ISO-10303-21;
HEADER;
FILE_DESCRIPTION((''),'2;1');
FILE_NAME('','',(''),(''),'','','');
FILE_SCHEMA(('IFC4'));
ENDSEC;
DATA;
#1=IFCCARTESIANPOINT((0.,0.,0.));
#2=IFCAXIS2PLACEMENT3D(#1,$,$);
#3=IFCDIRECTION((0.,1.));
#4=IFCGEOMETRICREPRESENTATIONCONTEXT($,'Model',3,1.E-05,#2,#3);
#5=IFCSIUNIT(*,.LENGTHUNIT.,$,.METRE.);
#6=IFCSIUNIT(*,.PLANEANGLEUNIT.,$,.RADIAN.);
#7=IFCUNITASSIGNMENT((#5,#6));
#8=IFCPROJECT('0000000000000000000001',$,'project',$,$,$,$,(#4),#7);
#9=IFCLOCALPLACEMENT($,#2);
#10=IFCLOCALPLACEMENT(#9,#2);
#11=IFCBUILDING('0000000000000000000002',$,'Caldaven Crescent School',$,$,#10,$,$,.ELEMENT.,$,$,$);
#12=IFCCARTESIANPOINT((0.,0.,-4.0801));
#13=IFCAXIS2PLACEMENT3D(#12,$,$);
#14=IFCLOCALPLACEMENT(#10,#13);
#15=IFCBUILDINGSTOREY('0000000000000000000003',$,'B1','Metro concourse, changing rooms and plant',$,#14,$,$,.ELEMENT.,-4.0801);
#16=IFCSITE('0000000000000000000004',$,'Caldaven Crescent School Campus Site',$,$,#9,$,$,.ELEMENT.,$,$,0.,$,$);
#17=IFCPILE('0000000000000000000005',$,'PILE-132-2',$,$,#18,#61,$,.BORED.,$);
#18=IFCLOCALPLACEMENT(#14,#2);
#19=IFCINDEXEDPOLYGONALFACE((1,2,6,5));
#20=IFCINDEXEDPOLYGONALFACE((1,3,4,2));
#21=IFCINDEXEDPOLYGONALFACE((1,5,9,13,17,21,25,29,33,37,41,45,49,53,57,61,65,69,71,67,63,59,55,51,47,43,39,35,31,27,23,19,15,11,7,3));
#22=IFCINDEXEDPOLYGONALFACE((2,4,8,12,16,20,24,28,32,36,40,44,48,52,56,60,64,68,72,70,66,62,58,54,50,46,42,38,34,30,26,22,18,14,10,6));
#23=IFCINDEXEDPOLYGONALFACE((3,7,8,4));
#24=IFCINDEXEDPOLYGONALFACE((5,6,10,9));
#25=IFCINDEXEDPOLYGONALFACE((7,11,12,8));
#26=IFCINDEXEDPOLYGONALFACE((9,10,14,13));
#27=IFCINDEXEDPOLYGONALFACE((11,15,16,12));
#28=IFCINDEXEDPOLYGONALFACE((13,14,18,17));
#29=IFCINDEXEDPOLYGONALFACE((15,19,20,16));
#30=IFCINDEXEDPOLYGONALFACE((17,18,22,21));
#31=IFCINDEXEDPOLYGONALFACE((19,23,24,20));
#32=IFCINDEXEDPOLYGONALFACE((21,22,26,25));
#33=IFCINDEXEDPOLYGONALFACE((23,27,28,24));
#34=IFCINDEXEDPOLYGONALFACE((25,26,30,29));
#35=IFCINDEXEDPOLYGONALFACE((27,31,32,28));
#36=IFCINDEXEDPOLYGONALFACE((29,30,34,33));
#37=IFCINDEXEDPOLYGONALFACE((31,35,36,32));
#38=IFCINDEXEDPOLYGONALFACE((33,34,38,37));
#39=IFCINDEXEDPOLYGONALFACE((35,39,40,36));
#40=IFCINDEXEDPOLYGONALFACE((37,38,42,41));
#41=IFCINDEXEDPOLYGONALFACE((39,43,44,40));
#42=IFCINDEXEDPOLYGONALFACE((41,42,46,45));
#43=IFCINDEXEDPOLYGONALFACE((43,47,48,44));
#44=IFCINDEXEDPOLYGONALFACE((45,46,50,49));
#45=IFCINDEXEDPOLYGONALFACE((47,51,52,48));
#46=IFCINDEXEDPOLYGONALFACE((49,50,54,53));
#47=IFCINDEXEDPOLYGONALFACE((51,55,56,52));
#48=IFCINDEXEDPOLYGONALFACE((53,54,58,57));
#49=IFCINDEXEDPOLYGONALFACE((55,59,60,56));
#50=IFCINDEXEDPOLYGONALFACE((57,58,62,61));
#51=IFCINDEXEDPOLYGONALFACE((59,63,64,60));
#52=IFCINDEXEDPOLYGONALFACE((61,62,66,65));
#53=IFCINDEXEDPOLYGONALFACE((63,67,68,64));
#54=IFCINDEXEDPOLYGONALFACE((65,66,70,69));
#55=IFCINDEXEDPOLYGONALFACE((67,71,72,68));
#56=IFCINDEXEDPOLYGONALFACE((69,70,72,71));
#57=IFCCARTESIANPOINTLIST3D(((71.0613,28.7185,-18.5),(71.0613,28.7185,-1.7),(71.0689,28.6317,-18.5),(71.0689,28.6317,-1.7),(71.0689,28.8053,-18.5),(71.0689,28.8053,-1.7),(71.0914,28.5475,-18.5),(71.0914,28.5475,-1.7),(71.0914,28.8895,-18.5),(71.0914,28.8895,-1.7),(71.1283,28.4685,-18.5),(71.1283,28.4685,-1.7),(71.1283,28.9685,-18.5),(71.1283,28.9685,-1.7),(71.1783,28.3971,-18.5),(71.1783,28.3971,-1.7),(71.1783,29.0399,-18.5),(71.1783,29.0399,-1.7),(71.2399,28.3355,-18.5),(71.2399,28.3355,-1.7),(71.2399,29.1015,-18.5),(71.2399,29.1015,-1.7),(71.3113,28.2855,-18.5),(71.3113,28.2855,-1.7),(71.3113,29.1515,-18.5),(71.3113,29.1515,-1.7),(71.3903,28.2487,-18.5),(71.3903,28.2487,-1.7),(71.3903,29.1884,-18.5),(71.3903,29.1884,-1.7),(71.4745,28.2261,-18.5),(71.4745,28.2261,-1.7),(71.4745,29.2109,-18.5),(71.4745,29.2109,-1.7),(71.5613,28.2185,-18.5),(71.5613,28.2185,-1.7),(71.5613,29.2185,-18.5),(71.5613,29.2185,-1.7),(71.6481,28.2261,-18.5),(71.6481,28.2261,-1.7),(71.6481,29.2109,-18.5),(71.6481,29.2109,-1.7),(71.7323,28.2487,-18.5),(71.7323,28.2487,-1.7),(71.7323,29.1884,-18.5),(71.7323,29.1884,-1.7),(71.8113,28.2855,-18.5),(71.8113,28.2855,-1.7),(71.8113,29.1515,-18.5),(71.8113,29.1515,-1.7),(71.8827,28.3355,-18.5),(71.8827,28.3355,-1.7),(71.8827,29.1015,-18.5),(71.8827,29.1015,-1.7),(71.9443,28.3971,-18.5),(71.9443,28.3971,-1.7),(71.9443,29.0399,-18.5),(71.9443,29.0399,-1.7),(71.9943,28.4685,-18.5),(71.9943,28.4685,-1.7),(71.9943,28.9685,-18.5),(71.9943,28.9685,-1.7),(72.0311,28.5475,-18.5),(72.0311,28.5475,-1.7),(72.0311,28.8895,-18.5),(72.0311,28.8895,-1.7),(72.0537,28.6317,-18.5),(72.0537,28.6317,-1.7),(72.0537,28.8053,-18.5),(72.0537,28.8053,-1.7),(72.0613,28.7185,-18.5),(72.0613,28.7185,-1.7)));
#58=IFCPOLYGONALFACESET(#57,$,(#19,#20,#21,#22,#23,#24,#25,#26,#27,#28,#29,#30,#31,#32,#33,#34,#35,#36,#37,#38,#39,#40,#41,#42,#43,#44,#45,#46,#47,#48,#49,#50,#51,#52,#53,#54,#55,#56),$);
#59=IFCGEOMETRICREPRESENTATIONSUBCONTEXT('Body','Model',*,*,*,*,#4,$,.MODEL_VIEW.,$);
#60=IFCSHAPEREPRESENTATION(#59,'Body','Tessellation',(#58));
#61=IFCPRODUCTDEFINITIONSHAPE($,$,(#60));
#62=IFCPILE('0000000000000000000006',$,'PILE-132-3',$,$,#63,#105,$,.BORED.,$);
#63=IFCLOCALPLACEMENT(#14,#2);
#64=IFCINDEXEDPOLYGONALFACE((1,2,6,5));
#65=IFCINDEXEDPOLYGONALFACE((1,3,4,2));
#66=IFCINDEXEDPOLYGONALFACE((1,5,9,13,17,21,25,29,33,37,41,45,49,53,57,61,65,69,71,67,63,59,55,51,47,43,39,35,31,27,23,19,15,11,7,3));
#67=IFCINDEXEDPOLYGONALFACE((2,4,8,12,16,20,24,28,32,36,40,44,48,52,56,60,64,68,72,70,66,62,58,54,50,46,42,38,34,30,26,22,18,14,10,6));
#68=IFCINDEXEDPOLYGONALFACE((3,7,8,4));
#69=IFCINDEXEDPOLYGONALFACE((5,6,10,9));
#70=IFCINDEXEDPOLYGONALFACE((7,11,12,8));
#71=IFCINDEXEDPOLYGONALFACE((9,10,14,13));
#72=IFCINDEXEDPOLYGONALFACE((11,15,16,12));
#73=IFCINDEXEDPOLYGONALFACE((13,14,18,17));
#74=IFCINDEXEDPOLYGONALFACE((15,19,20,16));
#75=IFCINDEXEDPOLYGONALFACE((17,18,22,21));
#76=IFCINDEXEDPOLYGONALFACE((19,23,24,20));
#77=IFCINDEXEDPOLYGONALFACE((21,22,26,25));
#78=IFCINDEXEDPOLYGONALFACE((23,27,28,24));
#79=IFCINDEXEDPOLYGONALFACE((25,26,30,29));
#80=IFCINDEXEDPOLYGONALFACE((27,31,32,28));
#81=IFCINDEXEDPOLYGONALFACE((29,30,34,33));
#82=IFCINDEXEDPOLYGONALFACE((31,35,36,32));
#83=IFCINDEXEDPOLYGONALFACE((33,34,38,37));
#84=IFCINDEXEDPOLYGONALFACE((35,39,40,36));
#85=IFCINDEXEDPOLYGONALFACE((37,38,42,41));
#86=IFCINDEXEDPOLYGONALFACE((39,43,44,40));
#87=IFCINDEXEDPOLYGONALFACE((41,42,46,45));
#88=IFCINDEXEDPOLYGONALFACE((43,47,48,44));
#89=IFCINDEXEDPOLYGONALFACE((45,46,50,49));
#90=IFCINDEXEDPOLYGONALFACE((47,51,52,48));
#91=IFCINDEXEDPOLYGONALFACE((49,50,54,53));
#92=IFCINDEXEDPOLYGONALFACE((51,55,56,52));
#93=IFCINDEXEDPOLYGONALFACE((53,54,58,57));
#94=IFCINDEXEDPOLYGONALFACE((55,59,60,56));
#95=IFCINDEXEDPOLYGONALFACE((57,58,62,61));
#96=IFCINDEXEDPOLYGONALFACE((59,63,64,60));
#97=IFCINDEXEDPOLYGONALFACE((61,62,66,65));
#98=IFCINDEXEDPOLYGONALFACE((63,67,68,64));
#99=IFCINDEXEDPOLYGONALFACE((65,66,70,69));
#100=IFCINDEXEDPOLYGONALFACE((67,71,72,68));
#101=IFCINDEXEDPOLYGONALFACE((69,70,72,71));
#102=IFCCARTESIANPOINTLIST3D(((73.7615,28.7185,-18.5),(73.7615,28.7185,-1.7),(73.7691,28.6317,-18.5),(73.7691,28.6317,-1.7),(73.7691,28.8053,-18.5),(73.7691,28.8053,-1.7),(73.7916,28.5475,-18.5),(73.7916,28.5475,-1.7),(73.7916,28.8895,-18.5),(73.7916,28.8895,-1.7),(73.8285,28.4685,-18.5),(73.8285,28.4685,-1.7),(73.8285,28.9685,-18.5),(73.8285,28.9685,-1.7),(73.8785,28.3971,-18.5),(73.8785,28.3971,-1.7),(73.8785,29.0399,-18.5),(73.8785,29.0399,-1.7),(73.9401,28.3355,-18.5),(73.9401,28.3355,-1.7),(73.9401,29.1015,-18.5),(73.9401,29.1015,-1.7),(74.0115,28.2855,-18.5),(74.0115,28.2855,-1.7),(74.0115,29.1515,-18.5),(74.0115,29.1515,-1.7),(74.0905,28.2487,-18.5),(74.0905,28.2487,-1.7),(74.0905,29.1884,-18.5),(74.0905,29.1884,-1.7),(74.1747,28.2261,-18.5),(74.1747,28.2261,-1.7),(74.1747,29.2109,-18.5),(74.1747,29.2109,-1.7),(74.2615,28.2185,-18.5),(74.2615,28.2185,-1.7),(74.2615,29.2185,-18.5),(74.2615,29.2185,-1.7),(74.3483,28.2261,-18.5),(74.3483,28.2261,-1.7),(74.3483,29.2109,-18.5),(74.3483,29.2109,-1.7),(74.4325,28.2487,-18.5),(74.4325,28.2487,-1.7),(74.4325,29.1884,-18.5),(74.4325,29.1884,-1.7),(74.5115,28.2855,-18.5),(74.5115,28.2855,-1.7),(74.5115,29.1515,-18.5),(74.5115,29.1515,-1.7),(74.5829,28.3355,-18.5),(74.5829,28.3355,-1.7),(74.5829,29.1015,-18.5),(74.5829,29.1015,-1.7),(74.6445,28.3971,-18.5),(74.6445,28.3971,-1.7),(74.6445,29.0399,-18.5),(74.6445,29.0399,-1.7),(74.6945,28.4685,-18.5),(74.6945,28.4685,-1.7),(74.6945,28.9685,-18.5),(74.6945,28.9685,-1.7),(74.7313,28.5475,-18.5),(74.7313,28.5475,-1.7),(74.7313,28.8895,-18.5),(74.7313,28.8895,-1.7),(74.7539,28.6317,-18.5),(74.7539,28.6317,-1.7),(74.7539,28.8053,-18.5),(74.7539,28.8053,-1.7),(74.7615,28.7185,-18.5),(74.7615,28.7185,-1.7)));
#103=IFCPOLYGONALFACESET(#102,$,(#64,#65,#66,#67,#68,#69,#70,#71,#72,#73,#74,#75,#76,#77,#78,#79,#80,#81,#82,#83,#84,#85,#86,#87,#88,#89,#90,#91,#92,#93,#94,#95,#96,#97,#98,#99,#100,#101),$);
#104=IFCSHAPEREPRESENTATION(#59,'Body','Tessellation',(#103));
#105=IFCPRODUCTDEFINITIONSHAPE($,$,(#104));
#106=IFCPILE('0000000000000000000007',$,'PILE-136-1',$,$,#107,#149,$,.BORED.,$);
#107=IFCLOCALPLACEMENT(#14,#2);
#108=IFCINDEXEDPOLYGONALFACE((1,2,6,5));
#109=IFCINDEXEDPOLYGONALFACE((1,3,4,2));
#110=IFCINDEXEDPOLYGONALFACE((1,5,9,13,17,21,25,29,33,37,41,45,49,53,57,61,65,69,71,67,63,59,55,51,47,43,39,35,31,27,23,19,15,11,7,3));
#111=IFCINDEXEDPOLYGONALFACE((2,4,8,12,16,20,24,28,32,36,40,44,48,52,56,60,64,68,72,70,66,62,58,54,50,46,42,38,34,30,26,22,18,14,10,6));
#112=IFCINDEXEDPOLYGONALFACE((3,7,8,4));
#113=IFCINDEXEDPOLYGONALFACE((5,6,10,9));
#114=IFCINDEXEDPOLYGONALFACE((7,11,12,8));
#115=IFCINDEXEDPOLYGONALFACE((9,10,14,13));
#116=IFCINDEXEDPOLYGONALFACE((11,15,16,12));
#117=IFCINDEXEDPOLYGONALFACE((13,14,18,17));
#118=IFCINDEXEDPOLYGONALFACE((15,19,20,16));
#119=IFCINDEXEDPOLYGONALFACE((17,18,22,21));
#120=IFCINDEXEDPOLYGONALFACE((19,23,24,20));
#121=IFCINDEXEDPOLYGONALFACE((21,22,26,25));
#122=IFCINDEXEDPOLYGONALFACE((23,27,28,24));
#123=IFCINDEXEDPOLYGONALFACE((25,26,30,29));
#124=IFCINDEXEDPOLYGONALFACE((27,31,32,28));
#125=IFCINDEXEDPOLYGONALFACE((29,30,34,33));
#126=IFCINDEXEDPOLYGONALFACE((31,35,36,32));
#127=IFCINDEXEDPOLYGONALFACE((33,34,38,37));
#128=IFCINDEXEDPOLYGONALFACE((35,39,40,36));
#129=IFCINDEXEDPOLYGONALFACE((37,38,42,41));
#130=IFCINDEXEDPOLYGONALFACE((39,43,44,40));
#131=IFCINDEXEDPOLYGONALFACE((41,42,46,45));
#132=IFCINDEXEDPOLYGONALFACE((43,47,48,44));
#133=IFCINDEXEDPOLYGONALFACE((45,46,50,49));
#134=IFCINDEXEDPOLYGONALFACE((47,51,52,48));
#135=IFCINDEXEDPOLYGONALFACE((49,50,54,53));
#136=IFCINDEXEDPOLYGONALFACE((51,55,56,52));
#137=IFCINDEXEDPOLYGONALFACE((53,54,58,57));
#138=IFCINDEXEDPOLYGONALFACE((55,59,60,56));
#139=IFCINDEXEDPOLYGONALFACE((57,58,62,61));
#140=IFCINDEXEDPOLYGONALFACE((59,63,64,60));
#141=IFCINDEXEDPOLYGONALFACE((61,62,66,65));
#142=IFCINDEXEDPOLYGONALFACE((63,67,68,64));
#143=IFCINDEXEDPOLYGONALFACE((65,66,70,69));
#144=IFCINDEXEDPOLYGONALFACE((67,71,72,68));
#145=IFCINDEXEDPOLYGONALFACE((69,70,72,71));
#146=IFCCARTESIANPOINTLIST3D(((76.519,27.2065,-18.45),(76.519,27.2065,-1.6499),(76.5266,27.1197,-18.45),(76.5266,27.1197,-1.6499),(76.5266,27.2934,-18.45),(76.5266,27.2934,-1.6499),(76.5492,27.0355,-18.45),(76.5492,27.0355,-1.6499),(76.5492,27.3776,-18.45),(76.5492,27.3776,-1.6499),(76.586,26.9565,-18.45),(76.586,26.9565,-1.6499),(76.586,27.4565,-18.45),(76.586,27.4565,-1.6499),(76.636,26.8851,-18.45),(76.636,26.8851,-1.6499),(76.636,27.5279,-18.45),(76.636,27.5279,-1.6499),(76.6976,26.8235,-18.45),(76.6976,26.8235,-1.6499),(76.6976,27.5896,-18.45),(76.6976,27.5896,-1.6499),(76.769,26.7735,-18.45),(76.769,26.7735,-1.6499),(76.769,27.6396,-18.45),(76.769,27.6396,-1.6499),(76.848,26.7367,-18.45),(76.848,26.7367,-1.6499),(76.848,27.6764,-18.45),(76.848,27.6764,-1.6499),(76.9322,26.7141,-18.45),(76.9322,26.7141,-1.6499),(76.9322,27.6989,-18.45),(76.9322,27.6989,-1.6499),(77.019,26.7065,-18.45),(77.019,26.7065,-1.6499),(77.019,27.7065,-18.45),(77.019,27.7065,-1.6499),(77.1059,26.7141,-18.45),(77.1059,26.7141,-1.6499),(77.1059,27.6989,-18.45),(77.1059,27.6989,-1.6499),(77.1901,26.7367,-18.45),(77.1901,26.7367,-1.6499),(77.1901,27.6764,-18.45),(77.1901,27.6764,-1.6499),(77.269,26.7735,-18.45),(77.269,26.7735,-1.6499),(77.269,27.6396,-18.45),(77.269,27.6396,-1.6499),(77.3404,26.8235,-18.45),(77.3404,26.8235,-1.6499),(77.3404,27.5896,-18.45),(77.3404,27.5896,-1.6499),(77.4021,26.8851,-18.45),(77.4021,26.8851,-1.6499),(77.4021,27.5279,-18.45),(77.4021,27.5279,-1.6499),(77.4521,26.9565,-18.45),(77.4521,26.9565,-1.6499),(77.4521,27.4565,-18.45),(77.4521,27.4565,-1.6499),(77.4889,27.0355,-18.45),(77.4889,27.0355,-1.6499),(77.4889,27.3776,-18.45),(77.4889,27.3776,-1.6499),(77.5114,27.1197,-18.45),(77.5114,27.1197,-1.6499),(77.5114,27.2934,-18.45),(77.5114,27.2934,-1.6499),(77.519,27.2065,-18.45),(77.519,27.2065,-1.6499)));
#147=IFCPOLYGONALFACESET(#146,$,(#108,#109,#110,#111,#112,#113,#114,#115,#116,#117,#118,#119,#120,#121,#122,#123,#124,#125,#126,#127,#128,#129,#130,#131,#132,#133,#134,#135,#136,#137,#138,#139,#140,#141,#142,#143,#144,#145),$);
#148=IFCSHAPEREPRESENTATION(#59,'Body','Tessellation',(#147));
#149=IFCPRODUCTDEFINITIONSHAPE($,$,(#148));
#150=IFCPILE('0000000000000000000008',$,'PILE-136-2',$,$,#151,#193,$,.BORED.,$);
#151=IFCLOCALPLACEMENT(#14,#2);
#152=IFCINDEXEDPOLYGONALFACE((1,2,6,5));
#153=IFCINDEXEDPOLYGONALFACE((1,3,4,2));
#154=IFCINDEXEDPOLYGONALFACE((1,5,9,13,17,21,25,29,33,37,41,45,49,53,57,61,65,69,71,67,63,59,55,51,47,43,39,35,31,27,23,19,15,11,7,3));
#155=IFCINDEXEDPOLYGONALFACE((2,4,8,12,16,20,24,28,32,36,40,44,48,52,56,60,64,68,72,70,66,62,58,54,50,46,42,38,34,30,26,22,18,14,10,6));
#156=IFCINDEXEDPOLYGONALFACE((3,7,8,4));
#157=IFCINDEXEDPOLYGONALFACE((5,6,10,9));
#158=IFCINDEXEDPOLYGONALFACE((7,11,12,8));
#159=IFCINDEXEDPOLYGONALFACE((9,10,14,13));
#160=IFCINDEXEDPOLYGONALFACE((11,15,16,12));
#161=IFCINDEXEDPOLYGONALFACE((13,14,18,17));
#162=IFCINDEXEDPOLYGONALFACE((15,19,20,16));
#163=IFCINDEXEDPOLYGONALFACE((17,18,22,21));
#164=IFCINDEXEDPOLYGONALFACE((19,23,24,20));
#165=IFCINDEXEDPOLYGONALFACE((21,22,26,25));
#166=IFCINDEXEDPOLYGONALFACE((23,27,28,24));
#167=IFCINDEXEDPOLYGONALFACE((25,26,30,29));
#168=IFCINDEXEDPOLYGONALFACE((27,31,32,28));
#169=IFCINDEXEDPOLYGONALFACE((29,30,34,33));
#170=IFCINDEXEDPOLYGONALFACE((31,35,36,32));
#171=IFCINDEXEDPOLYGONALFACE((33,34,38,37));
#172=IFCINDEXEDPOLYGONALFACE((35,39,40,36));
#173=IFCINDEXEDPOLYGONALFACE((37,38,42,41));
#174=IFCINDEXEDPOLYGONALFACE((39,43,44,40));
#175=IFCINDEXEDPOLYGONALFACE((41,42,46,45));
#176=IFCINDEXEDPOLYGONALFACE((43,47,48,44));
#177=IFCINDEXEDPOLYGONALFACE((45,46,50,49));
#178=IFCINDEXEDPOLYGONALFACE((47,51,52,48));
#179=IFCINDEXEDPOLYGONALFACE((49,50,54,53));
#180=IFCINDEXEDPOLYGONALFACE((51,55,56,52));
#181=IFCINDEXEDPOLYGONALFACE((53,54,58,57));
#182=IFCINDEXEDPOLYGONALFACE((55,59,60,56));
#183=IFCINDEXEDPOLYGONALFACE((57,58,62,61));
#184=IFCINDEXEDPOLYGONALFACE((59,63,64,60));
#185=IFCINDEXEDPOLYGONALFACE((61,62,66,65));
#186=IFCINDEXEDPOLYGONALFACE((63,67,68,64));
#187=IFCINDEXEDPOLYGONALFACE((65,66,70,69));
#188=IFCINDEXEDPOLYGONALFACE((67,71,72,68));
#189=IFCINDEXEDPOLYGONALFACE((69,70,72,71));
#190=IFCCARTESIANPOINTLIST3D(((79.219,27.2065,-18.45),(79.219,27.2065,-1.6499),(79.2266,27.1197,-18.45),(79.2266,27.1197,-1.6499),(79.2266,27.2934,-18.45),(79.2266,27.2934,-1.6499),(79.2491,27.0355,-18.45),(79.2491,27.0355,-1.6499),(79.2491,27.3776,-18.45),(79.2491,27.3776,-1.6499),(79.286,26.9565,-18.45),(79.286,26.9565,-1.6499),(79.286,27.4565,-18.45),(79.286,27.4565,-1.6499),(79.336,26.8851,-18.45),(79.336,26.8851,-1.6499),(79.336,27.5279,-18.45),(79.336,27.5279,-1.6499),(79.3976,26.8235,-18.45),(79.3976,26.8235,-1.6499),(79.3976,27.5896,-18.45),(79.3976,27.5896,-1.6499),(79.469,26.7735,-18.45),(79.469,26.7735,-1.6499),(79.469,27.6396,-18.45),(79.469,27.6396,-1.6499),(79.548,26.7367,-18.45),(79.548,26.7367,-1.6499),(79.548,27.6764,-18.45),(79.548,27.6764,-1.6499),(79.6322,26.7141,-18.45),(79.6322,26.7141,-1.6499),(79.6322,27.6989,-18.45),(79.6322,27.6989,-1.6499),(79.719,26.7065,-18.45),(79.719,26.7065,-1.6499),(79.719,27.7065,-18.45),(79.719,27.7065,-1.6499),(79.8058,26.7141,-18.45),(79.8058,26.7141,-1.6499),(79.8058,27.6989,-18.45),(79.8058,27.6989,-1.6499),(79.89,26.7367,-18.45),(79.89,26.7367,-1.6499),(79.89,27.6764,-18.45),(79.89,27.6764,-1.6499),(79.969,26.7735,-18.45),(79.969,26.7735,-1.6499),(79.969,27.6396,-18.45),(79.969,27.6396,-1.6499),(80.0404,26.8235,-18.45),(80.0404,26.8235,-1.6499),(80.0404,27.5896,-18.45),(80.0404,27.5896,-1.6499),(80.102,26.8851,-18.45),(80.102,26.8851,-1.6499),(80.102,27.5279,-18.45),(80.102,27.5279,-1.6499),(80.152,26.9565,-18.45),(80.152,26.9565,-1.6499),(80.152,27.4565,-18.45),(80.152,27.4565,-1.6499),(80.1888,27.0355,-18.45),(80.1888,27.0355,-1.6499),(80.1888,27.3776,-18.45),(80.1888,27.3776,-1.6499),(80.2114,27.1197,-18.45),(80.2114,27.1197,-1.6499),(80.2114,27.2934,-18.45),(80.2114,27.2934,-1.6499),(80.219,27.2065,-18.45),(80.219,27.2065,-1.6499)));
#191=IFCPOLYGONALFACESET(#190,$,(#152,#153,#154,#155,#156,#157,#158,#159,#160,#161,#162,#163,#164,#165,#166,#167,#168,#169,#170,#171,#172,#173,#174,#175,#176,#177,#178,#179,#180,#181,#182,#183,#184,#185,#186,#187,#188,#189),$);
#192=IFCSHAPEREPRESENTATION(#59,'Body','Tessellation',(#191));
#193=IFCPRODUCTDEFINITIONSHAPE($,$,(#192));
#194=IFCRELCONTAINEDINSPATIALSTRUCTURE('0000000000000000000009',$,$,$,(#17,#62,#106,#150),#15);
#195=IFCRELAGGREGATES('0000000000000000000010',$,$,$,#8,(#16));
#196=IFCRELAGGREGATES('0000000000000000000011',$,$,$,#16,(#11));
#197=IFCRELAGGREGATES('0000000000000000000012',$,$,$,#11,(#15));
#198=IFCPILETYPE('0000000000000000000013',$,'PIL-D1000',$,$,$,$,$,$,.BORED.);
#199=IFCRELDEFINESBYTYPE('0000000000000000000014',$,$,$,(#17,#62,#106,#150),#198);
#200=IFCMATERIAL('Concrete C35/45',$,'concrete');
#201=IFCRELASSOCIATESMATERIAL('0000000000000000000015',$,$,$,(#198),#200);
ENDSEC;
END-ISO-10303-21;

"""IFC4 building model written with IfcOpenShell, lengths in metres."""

from ifc_helpers import new_model, si_unit, direction, frame, origin, origin_2d, place, context, subcontext, project, spatial, circle, extrude, material, material_profile, profile_set, type_object, element, save


model = new_model("IFC4")

# Units and contexts
model_context = context("Model", 3, precision=1e-05, world=origin(), true_north=direction((0.0, 1.0)))
body_context = subcontext(model_context, "Body", "Model", "MODEL_VIEW")
ifc_project = project(units=[si_unit("LENGTHUNIT", "METRE"), si_unit("PLANEANGLEUNIT", "RADIAN")], contexts=[model_context])

# Site, building, storey
site_placement = place(None, origin())
site = spatial("IfcSite", under=ifc_project, at=site_placement, Name="Caldaven Crescent School Campus Site", CompositionType="ELEMENT", RefElevation=0.0)
building_placement = place(site_placement, origin())
building = spatial("IfcBuilding", under=site, at=building_placement, Name="Caldaven Crescent School", CompositionType="ELEMENT")
storey_placement = place(building_placement, frame((0.0, 0.0, -4.0801)))
storey = spatial("IfcBuildingStorey", under=building, at=storey_placement, Name="B1", Description="Metro concourse, changing rooms and plant", CompositionType="ELEMENT", Elevation=-4.0801)

# Shared definitions
ifc_material_1 = material(Name="Concrete C35/45", Category="concrete")

# Piles
ifc_material_profile_1 = material_profile(ifc_material_1, circle(Radius=0.5, at=origin_2d()), Name="PILE D1000")
ifc_profile_set_1 = profile_set([ifc_material_profile_1], Name="Concrete C35/45")
pile_type_1 = type_object("IfcPileType", Name="PIL-D1000", PredefinedType="BORED", material=ifc_profile_set_1)
for number, where, z_axis, x_axis, name in (
    (1, (71.5613, 28.7185, -1.7), (0.0, 0.0, -1.0), (1.0, 0.0, 0.0), "PILE-132-2"),
    (2, (74.2615, 28.7185, -1.7), (0.0, 0.0, -1.0), (1.0, 0.0, 0.0), "PILE-132-3"),
    (3, (77.019, 27.2065, -1.6499), (0.0, 0.0, -1.0), (1.0, 0.0, 0.0), "PILE-136-1"),
    (4, (79.719, 27.2065, -1.6499), (0.0, 0.0, -1.0), (1.0, 0.0, 0.0), "PILE-136-2"),
):
    element("IfcPile", number, at=place(storey_placement, frame(where, z_axis=z_axis, x_axis=x_axis)), inside=storey, type_object=pile_type_1, Name=name, PredefinedType="BORED", context=body_context, shape_type="SweptSolid", body=[
        extrude(circle(Radius=0.5, at=origin_2d()), origin(), (0.0, 0.0, 1.0), 16.8),
    ])

save(model, "model.ifc")
